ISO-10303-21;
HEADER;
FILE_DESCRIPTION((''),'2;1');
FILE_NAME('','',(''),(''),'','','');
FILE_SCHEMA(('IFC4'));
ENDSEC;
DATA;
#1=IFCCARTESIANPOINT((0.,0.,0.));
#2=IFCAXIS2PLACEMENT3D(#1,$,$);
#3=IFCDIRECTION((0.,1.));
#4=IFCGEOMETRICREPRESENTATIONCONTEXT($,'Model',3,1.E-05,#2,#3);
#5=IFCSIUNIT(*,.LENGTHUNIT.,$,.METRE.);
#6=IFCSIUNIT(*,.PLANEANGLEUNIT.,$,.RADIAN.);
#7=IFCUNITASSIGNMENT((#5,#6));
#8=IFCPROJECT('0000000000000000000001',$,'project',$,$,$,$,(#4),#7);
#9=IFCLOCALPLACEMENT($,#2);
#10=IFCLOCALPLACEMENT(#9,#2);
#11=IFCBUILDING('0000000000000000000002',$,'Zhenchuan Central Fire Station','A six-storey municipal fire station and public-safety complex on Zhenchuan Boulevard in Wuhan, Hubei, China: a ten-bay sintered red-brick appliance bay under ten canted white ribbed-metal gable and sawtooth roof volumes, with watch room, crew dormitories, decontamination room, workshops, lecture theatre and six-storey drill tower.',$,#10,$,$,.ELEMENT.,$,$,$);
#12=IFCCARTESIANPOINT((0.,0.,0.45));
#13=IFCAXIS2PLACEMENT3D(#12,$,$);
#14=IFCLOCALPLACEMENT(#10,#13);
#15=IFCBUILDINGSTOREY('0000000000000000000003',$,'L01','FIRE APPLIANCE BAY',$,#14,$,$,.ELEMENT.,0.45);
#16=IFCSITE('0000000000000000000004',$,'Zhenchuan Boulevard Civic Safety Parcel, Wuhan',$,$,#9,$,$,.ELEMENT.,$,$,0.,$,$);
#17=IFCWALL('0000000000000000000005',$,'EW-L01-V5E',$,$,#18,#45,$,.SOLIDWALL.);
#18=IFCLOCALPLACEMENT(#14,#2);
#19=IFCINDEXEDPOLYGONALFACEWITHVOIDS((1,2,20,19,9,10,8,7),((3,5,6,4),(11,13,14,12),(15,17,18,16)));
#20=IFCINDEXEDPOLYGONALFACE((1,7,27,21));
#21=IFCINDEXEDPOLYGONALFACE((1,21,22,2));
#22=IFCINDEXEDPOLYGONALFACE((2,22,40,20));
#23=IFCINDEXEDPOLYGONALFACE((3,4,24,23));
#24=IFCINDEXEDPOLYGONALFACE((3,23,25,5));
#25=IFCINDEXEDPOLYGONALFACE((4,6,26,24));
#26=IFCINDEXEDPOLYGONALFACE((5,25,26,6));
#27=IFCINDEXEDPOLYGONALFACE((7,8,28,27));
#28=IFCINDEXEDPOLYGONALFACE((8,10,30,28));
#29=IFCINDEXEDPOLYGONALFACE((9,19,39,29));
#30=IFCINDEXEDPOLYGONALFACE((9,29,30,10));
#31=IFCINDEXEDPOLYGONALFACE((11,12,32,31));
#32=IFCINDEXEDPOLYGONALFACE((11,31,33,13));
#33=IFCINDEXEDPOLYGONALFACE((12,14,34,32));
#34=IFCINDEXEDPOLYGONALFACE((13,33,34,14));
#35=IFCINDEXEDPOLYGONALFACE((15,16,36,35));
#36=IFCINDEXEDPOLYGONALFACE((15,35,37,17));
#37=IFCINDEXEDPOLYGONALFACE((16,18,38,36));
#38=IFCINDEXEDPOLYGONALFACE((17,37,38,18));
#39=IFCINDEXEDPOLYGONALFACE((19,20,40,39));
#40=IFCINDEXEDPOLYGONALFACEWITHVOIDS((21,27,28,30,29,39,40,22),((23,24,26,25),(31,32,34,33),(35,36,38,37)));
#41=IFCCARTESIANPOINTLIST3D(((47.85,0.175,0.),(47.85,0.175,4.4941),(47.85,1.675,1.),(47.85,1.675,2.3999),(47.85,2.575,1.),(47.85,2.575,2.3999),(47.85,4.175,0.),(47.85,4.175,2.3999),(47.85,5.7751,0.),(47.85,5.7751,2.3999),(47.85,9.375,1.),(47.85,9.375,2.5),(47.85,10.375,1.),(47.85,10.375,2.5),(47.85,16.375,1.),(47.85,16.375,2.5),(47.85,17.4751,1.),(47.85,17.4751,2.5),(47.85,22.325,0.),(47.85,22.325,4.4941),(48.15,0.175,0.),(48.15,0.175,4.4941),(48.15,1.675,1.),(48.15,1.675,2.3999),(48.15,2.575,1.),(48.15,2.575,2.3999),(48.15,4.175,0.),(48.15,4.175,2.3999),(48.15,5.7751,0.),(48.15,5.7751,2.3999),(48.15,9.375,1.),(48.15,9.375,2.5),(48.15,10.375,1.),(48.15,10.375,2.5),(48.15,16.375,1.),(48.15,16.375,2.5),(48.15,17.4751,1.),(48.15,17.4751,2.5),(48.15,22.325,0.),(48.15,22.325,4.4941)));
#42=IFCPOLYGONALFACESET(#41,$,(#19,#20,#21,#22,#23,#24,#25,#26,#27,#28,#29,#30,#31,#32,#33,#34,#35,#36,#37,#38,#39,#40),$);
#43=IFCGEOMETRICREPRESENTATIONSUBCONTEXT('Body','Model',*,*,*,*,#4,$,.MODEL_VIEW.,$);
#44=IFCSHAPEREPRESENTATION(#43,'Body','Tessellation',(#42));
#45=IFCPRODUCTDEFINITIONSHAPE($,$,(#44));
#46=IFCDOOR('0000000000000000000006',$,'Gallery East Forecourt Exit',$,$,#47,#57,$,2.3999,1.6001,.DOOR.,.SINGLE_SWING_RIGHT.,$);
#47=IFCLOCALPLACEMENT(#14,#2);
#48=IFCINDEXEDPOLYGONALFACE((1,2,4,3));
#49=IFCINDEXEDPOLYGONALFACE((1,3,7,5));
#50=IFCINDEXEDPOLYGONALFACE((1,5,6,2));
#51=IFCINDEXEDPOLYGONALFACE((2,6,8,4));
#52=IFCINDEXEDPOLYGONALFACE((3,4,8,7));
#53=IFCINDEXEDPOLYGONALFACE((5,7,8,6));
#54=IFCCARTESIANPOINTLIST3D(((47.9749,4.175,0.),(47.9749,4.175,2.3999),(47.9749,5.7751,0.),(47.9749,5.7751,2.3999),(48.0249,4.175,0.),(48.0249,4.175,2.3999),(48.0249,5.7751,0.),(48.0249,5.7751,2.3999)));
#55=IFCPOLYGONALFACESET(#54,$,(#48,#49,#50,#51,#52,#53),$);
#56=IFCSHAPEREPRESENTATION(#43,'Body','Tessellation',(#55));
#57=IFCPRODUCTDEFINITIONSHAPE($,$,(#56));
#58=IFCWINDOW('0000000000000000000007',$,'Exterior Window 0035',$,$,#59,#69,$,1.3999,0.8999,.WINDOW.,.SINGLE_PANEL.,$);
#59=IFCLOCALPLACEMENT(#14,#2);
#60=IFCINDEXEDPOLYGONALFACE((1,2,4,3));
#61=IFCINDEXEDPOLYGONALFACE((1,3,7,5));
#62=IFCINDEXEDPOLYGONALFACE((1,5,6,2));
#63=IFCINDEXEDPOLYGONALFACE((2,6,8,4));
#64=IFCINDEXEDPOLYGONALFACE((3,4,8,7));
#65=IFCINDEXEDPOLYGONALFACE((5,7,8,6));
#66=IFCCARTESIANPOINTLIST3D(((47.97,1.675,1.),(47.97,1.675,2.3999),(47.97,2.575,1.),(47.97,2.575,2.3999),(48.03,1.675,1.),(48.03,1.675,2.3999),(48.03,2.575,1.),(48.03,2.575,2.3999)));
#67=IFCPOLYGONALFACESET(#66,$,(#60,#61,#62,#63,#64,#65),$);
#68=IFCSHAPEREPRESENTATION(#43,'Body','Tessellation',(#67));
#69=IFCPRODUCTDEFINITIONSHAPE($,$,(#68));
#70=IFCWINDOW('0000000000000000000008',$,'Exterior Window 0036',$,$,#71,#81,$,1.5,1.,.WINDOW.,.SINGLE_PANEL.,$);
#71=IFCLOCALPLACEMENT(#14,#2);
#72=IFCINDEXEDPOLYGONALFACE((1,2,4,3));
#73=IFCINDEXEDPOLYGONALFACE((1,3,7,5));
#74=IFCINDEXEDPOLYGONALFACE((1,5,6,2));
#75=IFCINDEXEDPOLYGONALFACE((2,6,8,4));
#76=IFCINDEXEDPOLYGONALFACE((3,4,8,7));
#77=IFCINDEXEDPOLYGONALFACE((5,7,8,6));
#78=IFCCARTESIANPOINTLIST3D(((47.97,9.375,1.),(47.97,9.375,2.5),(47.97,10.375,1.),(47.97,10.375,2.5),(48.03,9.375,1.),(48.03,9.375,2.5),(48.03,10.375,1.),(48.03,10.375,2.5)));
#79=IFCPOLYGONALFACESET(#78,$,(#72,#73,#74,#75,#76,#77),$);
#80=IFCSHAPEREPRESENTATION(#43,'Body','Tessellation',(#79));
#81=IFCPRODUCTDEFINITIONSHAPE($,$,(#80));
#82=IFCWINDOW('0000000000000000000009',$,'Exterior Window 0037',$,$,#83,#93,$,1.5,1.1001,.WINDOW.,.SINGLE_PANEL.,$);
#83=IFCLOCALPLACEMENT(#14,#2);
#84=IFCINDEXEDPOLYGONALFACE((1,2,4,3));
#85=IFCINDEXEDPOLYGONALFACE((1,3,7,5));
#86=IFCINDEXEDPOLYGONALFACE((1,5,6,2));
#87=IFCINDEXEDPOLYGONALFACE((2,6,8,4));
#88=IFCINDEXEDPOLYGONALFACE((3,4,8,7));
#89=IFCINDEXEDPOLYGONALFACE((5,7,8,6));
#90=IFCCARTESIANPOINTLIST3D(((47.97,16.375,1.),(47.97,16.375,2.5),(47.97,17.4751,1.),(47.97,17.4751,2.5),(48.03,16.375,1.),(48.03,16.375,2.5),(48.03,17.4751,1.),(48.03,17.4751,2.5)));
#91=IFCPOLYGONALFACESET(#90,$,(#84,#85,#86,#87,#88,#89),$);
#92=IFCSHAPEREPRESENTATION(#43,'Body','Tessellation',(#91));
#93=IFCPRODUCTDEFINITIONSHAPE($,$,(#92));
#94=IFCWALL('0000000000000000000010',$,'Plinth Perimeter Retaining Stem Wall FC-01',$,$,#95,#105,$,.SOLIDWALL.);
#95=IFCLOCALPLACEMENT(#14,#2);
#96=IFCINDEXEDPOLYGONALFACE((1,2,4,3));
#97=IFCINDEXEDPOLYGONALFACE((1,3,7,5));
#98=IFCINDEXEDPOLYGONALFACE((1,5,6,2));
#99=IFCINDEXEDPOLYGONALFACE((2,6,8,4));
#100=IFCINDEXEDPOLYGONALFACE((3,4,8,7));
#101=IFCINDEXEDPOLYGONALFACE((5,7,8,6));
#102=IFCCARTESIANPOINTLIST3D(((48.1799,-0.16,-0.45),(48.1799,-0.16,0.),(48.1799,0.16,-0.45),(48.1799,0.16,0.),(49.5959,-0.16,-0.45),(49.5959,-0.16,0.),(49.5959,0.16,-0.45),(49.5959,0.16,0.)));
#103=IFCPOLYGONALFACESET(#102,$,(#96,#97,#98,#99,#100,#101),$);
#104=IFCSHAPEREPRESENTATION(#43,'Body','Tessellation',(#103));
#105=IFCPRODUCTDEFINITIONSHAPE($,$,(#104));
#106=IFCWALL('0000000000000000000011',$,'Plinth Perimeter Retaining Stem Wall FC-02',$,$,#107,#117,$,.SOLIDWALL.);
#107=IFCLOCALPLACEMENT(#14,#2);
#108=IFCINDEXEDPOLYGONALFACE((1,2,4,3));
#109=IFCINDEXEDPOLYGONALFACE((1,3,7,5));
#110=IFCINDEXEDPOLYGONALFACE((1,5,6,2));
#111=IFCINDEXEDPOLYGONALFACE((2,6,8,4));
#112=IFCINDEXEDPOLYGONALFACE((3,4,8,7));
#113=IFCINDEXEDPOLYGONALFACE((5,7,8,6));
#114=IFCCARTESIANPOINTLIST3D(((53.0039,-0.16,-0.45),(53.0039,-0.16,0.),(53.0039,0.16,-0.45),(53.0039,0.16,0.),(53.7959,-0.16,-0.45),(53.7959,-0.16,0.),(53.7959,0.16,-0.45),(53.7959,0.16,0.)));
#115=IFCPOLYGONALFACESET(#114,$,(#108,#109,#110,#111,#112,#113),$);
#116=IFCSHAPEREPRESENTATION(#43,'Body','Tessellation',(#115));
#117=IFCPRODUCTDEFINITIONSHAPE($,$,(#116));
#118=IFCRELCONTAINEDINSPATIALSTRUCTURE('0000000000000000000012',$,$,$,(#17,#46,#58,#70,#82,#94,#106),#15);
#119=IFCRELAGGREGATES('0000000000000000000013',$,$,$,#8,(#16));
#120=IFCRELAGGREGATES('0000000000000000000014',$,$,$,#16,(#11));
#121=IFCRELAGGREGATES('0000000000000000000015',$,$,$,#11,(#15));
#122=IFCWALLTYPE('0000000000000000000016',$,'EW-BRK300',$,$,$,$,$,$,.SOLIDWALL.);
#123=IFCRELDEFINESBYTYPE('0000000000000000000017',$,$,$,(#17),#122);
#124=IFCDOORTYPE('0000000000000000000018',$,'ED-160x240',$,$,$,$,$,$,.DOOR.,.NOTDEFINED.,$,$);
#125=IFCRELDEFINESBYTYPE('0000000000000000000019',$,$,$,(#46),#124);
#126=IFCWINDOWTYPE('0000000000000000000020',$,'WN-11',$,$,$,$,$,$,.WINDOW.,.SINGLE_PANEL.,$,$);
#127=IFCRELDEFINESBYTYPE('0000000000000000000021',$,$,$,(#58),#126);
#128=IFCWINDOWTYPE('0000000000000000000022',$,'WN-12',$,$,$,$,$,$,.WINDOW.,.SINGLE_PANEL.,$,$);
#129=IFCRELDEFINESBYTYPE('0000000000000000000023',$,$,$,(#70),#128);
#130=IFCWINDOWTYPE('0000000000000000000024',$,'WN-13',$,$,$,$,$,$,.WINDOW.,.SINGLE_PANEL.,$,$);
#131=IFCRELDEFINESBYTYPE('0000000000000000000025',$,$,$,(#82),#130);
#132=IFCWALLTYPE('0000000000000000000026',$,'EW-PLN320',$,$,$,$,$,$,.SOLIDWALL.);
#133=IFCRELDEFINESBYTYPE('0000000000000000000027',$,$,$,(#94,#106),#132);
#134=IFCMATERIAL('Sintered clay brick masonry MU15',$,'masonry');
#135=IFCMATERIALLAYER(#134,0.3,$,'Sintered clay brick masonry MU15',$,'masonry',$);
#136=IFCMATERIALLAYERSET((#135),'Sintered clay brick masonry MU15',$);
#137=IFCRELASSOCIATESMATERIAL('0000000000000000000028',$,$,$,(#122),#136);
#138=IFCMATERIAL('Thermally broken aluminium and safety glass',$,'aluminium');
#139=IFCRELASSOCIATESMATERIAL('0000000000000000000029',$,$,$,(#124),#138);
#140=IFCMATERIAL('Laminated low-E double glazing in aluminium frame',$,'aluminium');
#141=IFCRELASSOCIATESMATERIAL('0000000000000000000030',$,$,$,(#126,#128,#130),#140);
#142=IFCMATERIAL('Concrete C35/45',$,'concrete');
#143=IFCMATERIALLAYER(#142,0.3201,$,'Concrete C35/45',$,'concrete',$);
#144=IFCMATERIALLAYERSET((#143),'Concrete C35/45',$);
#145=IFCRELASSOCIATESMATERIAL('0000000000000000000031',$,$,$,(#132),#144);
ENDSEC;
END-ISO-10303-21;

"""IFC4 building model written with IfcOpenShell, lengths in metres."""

from ifc_helpers import new_model, si_unit, direction, frame, frame_2d, origin, place, context, subcontext, project, spatial, rectangle, extrude, material, layer, layer_set, type_object, element, fill, save


model = new_model("IFC4")

# Units and contexts
model_context = context("Model", 3, precision=1e-05, world=origin(), true_north=direction((0.0, 1.0)))
body_context = subcontext(model_context, "Body", "Model", "MODEL_VIEW")
ifc_project = project(units=[si_unit("LENGTHUNIT", "METRE"), si_unit("PLANEANGLEUNIT", "RADIAN")], contexts=[model_context])

# Site, building, storey
site_placement = place(None, origin())
site = spatial("IfcSite", under=ifc_project, at=site_placement, Name="Zhenchuan Boulevard Civic Safety Parcel, Wuhan", CompositionType="ELEMENT", RefElevation=0.0)
building_placement = place(site_placement, origin())
building = spatial("IfcBuilding", under=site, at=building_placement, Name="Zhenchuan Central Fire Station", Description="A six-storey municipal fire station and public-safety complex on Zhenchuan Boulevard in Wuhan, Hubei, China: a ten-bay sintered red-brick appliance bay under ten canted white ribbed-metal gable and sawtooth roof volumes, with watch room, crew dormitories, decontamination room, workshops, lecture theatre and six-storey drill tower.", CompositionType="ELEMENT")
storey_placement = place(building_placement, frame((0.0, 0.0, 0.45)))
storey = spatial("IfcBuildingStorey", under=building, at=storey_placement, Name="L01", Description="FIRE APPLIANCE BAY", CompositionType="ELEMENT", Elevation=0.45)

# Shared definitions
ifc_material_1 = material(Name="Concrete C35/45", Category="concrete")

# Wall, openings, door, windows
ifc_material_2 = material(Name="Sintered clay brick masonry MU15", Category="masonry")
ifc_layer_1 = layer(ifc_material_2, 0.3, Name="Sintered clay brick masonry MU15", Category="masonry")
ifc_layer_set_1 = layer_set([ifc_layer_1], Name="Sintered clay brick masonry MU15")
wall_type_1 = type_object("IfcWallType", Name="EW-BRK300", PredefinedType="SOLIDWALL", material=ifc_layer_set_1)
wall_1_placement = place(storey_placement, frame((48.0, 0.175, 0.0), z_axis=(0.0, 0.0, 1.0), x_axis=(0.0, 1.0, 0.0)))
wall_1 = element("IfcWall", 1, at=wall_1_placement, inside=storey, type_object=wall_type_1, Name="EW-L01-V5E", PredefinedType="SOLIDWALL", context=body_context, shape_type="SweptSolid", body=[
    extrude(rectangle(XDim=22.1499, YDim=0.3, at=frame_2d((11.075, 0.0))), origin(), (0.0, 0.0, 1.0), 4.4941),
])
opening_1_placement = place(wall_1_placement, frame((4.0, 0.0, 0.0)))
opening_1 = element("IfcOpeningElement", 2, at=opening_1_placement, cuts=wall_1, PredefinedType="OPENING", context=body_context, shape_type="SweptSolid", body=[
    extrude(rectangle(XDim=1.6001, YDim=2.3999, at=frame_2d((0.8, 1.2))), frame((0.0, 0.1599, 0.0), z_axis=(0.0, -1.0, 0.0), x_axis=(1.0, 0.0, 0.0)), (0.0, 0.0, 1.0), 0.3201),
])
opening_2_placement = place(wall_1_placement, frame((1.5, 0.0, 1.0)))
opening_2 = element("IfcOpeningElement", 3, at=opening_2_placement, cuts=wall_1, PredefinedType="OPENING", context=body_context, shape_type="SweptSolid", body=[
    extrude(rectangle(XDim=0.8999, YDim=1.3999, at=frame_2d((0.45, 0.7))), frame((0.0, 0.1599, 0.0), z_axis=(0.0, -1.0, 0.0), x_axis=(1.0, 0.0, 0.0)), (0.0, 0.0, 1.0), 0.3201),
])
opening_3_placement = place(wall_1_placement, frame((9.2, 0.0, 1.0)))
opening_3 = element("IfcOpeningElement", 4, at=opening_3_placement, cuts=wall_1, PredefinedType="OPENING", context=body_context, shape_type="SweptSolid", body=[
    extrude(rectangle(XDim=1.0, YDim=1.5, at=frame_2d((0.5, 0.75))), frame((0.0, 0.1599, 0.0), z_axis=(0.0, -1.0, 0.0), x_axis=(1.0, 0.0, 0.0)), (0.0, 0.0, 1.0), 0.3201),
])
opening_4_placement = place(wall_1_placement, frame((16.2, 0.0, 1.0)))
opening_4 = element("IfcOpeningElement", 5, at=opening_4_placement, cuts=wall_1, PredefinedType="OPENING", context=body_context, shape_type="SweptSolid", body=[
    extrude(rectangle(XDim=1.1001, YDim=1.5, at=frame_2d((0.55, 0.75))), frame((0.0, 0.1599, 0.0), z_axis=(0.0, -1.0, 0.0), x_axis=(1.0, 0.0, 0.0)), (0.0, 0.0, 1.0), 0.3201),
])
ifc_material_3 = material(Name="Thermally broken aluminium and safety glass", Category="aluminium")
door_type = type_object("IfcDoorType", Name="ED-160x240", OperationType="NOTDEFINED", PredefinedType="DOOR", material=ifc_material_3)
door_placement = place(opening_1_placement, frame((1.6001, 0.0, 0.0), z_axis=(0.0, 0.0, 1.0), x_axis=(-1.0, 0.0, 0.0)))
door = element("IfcDoor", 6, at=door_placement, inside=storey, type_object=door_type, Name="Gallery East Forecourt Exit", OperationType="SINGLE_SWING_RIGHT", OverallHeight=2.3999, OverallWidth=1.6001, PredefinedType="DOOR", context=body_context, shape_type="SweptSolid", body=[
    extrude(rectangle(XDim=1.6001, YDim=2.3999, at=frame_2d((0.8, 1.2))), frame((0.0, 0.0249, 0.0), z_axis=(0.0, -1.0, 0.0), x_axis=(1.0, 0.0, 0.0)), (0.0, 0.0, 1.0), 0.05),
])
fill(opening_1, door)
ifc_material_4 = material(Name="Laminated low-E double glazing in aluminium frame", Category="aluminium")
window_type_1 = type_object("IfcWindowType", Name="WN-11", PartitioningType="SINGLE_PANEL", PredefinedType="WINDOW", material=ifc_material_4)
window_1_placement = place(opening_2_placement, origin())
window_1 = element("IfcWindow", 7, at=window_1_placement, inside=storey, type_object=window_type_1, Name="Exterior Window 0035", OverallHeight=1.3999, OverallWidth=0.8999, PartitioningType="SINGLE_PANEL", PredefinedType="WINDOW", context=body_context, shape_type="SweptSolid", body=[
    extrude(rectangle(XDim=0.8999, YDim=1.3999, at=frame_2d((0.45, 0.7))), frame((0.0, 0.03, 0.0), z_axis=(0.0, -1.0, 0.0), x_axis=(1.0, 0.0, 0.0)), (0.0, 0.0, 1.0), 0.0601),
])
fill(opening_2, window_1)
window_type_2 = type_object("IfcWindowType", Name="WN-12", PartitioningType="SINGLE_PANEL", PredefinedType="WINDOW", material=ifc_material_4)
window_2_placement = place(opening_3_placement, origin())
window_2 = element("IfcWindow", 8, at=window_2_placement, inside=storey, type_object=window_type_2, Name="Exterior Window 0036", OverallHeight=1.5, OverallWidth=1.0, PartitioningType="SINGLE_PANEL", PredefinedType="WINDOW", context=body_context, shape_type="SweptSolid", body=[
    extrude(rectangle(XDim=1.0, YDim=1.5, at=frame_2d((0.5, 0.75))), frame((0.0, 0.03, 0.0), z_axis=(0.0, -1.0, 0.0), x_axis=(1.0, 0.0, 0.0)), (0.0, 0.0, 1.0), 0.0601),
])
fill(opening_3, window_2)
window_type_3 = type_object("IfcWindowType", Name="WN-13", PartitioningType="SINGLE_PANEL", PredefinedType="WINDOW", material=ifc_material_4)
window_3_placement = place(opening_4_placement, origin())
window_3 = element("IfcWindow", 9, at=window_3_placement, inside=storey, type_object=window_type_3, Name="Exterior Window 0037", OverallHeight=1.5, OverallWidth=1.1001, PartitioningType="SINGLE_PANEL", PredefinedType="WINDOW", context=body_context, shape_type="SweptSolid", body=[
    extrude(rectangle(XDim=1.1001, YDim=1.5, at=frame_2d((0.55, 0.75))), frame((0.0, 0.03, 0.0), z_axis=(0.0, -1.0, 0.0), x_axis=(1.0, 0.0, 0.0)), (0.0, 0.0, 1.0), 0.0601),
])
fill(opening_4, window_3)

# Walls
ifc_layer_2 = layer(ifc_material_1, 0.3201, Name="Concrete C35/45", Category="concrete")
ifc_layer_set_2 = layer_set([ifc_layer_2], Name="Concrete C35/45")
wall_type_2 = type_object("IfcWallType", Name="EW-PLN320", PredefinedType="SOLIDWALL", material=ifc_layer_set_2)
wall_2_placement = place(storey_placement, frame((48.1799, 0.0, -0.45), z_axis=(0.0, 0.0, 1.0), x_axis=(1.0, 0.0, 0.0)))
element("IfcWall", 10, at=wall_2_placement, inside=storey, type_object=wall_type_2, Name="Plinth Perimeter Retaining Stem Wall FC-01", PredefinedType="SOLIDWALL", context=body_context, shape_type="SweptSolid", body=[
    extrude(rectangle(XDim=1.416, YDim=0.3201, at=frame_2d((0.708, 0.0))), origin(), (0.0, 0.0, 1.0), 0.45),
])
wall_3_placement = place(storey_placement, frame((53.0039, 0.0, -0.45), z_axis=(0.0, 0.0, 1.0), x_axis=(1.0, 0.0, 0.0)))
element("IfcWall", 11, at=wall_3_placement, inside=storey, type_object=wall_type_2, Name="Plinth Perimeter Retaining Stem Wall FC-02", PredefinedType="SOLIDWALL", context=body_context, shape_type="SweptSolid", body=[
    extrude(rectangle(XDim=0.792, YDim=0.3201, at=frame_2d((0.396, 0.0))), origin(), (0.0, 0.0, 1.0), 0.45),
])

save(model, "model.ifc")
